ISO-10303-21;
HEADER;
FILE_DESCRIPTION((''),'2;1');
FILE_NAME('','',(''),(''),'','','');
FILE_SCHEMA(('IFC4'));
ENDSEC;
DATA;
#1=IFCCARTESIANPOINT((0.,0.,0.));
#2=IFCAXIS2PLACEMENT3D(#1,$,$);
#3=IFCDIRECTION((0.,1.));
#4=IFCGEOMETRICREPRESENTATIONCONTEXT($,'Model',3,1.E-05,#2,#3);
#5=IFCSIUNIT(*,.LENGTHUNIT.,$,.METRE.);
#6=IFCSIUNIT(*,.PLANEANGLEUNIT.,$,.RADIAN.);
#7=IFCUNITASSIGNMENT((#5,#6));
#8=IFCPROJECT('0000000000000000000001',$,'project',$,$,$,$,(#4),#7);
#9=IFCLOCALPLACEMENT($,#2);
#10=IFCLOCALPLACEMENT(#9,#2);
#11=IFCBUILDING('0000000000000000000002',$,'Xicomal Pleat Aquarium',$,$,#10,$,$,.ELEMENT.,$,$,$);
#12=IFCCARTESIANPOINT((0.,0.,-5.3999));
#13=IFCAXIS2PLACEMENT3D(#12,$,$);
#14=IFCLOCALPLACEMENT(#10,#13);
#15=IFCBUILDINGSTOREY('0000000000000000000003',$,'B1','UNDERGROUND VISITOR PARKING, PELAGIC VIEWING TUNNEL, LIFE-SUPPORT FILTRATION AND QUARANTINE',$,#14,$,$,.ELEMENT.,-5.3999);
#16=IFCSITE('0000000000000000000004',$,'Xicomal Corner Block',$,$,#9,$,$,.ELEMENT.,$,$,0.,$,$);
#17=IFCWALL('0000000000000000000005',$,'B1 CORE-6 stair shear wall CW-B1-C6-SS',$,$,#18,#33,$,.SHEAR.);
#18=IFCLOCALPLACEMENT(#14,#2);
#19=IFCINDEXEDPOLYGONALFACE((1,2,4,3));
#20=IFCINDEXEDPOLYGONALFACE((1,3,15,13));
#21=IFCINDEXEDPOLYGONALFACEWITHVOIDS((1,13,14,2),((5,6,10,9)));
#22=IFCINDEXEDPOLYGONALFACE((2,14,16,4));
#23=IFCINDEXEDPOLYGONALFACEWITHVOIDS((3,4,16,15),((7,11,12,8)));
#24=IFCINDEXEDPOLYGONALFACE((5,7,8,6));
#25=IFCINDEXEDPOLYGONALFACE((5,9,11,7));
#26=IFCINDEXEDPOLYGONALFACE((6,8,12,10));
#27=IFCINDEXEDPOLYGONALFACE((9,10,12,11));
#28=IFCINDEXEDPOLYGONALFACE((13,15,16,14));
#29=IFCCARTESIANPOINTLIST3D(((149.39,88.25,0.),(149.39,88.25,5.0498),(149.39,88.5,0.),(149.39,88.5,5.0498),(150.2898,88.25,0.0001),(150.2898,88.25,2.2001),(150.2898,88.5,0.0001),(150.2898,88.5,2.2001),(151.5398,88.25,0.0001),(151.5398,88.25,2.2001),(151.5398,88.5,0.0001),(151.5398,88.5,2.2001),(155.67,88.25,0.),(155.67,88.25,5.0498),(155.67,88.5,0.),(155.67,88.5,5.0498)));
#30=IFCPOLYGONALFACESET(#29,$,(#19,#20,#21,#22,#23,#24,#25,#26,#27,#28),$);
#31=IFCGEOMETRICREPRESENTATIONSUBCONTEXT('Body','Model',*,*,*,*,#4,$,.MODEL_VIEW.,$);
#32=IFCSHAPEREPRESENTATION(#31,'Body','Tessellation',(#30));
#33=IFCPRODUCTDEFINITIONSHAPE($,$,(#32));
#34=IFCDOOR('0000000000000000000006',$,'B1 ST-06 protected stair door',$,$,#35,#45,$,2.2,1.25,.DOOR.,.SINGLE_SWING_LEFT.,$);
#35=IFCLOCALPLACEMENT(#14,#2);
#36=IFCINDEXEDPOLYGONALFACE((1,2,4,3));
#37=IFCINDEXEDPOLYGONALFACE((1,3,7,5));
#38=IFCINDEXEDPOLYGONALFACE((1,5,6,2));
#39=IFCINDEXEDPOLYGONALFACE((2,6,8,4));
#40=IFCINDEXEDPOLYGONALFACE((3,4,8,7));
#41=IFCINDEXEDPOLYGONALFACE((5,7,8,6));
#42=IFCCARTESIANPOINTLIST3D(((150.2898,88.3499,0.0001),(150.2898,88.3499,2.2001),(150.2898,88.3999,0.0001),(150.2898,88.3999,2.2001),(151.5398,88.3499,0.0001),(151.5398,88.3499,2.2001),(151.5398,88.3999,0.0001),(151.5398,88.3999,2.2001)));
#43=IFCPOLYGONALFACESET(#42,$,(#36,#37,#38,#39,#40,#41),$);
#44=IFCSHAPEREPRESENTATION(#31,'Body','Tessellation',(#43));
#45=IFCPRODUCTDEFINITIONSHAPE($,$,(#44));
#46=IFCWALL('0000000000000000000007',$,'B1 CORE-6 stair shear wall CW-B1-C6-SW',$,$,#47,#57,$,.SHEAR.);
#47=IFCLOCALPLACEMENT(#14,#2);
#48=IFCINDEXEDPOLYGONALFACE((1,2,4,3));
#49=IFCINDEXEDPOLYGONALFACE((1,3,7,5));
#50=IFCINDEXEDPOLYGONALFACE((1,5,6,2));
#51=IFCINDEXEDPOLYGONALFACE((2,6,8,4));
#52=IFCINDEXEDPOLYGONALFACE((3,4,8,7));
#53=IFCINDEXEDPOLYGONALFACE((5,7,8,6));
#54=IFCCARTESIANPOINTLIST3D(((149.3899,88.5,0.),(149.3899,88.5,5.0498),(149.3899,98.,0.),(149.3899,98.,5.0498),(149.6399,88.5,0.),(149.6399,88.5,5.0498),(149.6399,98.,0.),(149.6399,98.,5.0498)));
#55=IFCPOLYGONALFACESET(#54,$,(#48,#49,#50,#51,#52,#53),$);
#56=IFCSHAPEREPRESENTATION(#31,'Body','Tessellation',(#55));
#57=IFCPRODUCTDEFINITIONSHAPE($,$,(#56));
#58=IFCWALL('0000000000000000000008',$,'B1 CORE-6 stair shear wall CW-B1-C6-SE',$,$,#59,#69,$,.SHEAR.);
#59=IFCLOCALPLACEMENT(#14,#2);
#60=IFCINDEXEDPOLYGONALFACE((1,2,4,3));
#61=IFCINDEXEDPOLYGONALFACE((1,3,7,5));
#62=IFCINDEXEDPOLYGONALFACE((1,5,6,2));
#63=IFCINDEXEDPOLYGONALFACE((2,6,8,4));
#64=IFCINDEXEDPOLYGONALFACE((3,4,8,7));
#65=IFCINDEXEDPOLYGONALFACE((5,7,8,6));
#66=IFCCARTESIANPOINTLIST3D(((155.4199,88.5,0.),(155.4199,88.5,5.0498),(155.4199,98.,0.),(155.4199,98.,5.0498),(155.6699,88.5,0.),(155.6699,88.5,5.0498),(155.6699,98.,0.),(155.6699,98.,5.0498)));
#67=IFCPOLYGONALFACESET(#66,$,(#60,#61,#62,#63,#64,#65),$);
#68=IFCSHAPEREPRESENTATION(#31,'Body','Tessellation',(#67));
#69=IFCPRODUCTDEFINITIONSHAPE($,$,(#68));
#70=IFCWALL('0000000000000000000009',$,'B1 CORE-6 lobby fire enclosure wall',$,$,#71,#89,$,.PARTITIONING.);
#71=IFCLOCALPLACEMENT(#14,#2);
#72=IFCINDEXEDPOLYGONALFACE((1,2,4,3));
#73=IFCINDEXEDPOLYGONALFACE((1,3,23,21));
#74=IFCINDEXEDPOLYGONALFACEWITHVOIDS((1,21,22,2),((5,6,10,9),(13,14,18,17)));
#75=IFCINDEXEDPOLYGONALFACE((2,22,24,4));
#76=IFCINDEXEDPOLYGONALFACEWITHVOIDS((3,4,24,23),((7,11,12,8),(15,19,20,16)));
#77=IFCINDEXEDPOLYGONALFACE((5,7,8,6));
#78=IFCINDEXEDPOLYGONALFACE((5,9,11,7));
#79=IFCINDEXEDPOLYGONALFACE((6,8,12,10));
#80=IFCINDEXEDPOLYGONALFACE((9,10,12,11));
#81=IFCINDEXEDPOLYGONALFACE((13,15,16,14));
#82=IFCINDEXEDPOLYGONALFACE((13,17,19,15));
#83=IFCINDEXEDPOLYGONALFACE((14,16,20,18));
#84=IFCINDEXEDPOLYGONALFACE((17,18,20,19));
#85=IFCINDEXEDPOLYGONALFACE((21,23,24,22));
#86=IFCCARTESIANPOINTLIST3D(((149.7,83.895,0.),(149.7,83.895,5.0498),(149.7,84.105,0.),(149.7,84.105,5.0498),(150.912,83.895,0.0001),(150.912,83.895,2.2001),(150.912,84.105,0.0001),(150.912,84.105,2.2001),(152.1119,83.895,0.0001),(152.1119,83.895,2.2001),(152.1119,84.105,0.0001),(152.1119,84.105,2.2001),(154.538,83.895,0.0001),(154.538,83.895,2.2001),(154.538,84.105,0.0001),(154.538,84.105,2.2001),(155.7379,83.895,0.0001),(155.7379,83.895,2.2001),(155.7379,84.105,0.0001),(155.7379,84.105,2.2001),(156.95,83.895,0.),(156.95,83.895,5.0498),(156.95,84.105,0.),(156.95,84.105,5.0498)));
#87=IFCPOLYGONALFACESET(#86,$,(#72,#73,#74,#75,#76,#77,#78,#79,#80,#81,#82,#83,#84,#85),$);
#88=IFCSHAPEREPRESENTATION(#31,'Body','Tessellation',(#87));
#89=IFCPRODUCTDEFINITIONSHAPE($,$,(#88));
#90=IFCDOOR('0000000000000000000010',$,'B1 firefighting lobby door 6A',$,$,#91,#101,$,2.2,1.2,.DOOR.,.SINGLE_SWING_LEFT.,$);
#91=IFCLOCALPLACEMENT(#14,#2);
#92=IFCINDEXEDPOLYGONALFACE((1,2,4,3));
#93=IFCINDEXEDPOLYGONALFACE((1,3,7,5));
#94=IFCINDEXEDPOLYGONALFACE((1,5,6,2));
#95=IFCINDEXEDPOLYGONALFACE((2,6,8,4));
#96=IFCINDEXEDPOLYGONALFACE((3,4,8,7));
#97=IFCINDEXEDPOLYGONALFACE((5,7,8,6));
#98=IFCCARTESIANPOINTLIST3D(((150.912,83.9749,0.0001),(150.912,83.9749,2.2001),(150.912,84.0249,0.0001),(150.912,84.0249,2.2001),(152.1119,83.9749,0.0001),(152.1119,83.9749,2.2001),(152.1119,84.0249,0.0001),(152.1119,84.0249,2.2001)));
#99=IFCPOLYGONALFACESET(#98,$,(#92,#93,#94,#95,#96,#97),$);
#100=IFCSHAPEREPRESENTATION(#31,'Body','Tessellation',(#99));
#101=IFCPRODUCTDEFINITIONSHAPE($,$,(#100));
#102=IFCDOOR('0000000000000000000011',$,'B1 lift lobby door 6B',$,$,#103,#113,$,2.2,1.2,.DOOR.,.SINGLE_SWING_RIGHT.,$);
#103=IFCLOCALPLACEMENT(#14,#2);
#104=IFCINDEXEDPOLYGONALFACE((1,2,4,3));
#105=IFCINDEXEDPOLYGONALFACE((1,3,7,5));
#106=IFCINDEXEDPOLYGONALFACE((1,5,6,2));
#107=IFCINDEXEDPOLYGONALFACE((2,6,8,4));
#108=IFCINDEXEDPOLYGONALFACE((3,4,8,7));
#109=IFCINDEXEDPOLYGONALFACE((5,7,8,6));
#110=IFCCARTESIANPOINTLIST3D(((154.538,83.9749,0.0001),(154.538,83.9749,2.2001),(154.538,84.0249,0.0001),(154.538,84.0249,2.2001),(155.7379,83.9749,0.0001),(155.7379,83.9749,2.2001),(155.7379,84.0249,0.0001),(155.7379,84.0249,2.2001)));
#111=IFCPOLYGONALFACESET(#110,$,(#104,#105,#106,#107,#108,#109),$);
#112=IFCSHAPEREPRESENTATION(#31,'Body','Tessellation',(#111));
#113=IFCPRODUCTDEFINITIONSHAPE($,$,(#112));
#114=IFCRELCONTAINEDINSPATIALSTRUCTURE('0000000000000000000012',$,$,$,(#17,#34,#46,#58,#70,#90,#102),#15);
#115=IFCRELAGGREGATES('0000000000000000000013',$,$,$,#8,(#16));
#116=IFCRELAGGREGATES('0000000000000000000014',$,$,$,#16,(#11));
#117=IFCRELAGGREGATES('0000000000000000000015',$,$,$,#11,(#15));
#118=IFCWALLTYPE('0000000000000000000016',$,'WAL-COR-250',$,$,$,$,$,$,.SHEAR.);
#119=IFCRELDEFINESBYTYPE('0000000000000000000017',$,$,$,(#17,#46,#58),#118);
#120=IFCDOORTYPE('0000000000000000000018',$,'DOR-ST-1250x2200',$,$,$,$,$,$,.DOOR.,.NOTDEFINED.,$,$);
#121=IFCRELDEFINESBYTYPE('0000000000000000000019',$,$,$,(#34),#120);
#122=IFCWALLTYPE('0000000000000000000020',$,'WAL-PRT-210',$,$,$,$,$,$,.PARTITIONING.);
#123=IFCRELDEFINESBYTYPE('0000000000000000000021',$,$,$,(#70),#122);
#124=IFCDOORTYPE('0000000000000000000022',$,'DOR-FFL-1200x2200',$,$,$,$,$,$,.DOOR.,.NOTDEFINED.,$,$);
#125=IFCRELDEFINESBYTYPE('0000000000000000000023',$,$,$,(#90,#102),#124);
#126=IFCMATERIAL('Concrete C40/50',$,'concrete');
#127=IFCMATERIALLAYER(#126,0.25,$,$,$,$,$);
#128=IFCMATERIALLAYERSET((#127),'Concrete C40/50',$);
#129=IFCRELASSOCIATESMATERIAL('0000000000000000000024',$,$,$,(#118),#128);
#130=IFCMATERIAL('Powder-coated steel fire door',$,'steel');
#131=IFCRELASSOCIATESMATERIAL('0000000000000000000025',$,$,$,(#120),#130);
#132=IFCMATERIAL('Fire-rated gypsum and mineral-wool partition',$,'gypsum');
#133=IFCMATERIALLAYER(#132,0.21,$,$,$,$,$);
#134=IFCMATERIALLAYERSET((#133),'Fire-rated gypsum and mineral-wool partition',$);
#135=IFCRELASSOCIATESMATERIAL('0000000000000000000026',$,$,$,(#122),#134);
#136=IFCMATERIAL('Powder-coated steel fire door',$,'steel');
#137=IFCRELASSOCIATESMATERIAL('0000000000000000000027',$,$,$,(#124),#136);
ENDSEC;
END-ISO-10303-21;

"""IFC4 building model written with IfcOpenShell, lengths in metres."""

from ifc_helpers import new_model, si_unit, direction, frame, frame_2d, origin, place, context, subcontext, project, spatial, rectangle, extrude, material, layer, layer_set, type_object, element, fill, save


model = new_model("IFC4")

# Units and contexts
model_context = context("Model", 3, precision=1e-05, world=origin(), true_north=direction((0.0, 1.0)))
body_context = subcontext(model_context, "Body", "Model", "MODEL_VIEW")
ifc_project = project(units=[si_unit("LENGTHUNIT", "METRE"), si_unit("PLANEANGLEUNIT", "RADIAN")], contexts=[model_context])

# Site, building, storey
site_placement = place(None, origin())
site = spatial("IfcSite", under=ifc_project, at=site_placement, Name="Xicomal Corner Block", CompositionType="ELEMENT", RefElevation=0.0)
building_placement = place(site_placement, origin())
building = spatial("IfcBuilding", under=site, at=building_placement, Name="Xicomal Pleat Aquarium", CompositionType="ELEMENT")
storey_placement = place(building_placement, frame((0.0, 0.0, -5.3999)))
storey = spatial("IfcBuildingStorey", under=building, at=storey_placement, Name="B1", Description="UNDERGROUND VISITOR PARKING, PELAGIC VIEWING TUNNEL, LIFE-SUPPORT FILTRATION AND QUARANTINE", CompositionType="ELEMENT", Elevation=-5.3999)

# Wall, opening, door
ifc_material_1 = material(Name="Concrete C40/50", Category="concrete")
ifc_layer_1 = layer(ifc_material_1, 0.25)
ifc_layer_set_1 = layer_set([ifc_layer_1], Name="Concrete C40/50")
wall_type_1 = type_object("IfcWallType", Name="WAL-COR-250", PredefinedType="SHEAR", material=ifc_layer_set_1)
wall_1_placement = place(storey_placement, frame((149.3899, 88.375, 0.0), z_axis=(0.0, 0.0, 1.0), x_axis=(1.0, 0.0, 0.0)))
wall_1 = element("IfcWall", 1, at=wall_1_placement, inside=storey, type_object=wall_type_1, Name="B1 CORE-6 stair shear wall CW-B1-C6-SS", PredefinedType="SHEAR", context=body_context, shape_type="SweptSolid", body=[
    extrude(rectangle(XDim=6.28, YDim=0.25, at=frame_2d((3.1401, 0.0))), origin(), (0.0, 0.0, 1.0), 5.0498),
])
opening_1_placement = place(wall_1_placement, frame((0.8999, 0.0, 0.0)))
opening_1 = element("IfcOpeningElement", 2, at=opening_1_placement, cuts=wall_1, PredefinedType="OPENING", context=body_context, shape_type="SweptSolid", body=[
    extrude(rectangle(XDim=1.25, YDim=2.2, at=frame_2d((0.625, 1.1001))), frame((0.0, 0.135, 0.0), z_axis=(0.0, -1.0, 0.0), x_axis=(1.0, 0.0, 0.0)), (0.0, 0.0, 1.0), 0.27),
])
ifc_material_2 = material(Name="Powder-coated steel fire door", Category="steel")
door_type_1 = type_object("IfcDoorType", Name="DOR-ST-1250x2200", OperationType="NOTDEFINED", PredefinedType="DOOR", material=ifc_material_2)
door_1_placement = place(opening_1_placement, origin())
door_1 = element("IfcDoor", 3, at=door_1_placement, inside=storey, type_object=door_type_1, Name="B1 ST-06 protected stair door", OperationType="SINGLE_SWING_LEFT", OverallHeight=2.2, OverallWidth=1.25, PredefinedType="DOOR", context=body_context, shape_type="SweptSolid", body=[
    extrude(rectangle(XDim=1.25, YDim=2.2, at=frame_2d((0.625, 1.1001))), frame((0.0, 0.0249, 0.0), z_axis=(0.0, -1.0, 0.0), x_axis=(1.0, 0.0, 0.0)), (0.0, 0.0, 1.0), 0.05),
])
fill(opening_1, door_1)

# Walls
for number, where, z_axis, x_axis, name in (
    (4, (149.5149, 88.5, 0.0), (0.0, 0.0, 1.0), (0.0, 1.0, 0.0), "B1 CORE-6 stair shear wall CW-B1-C6-SW"),
    (5, (155.5449, 88.5, 0.0), (0.0, 0.0, 1.0), (0.0, 1.0, 0.0), "B1 CORE-6 stair shear wall CW-B1-C6-SE"),
):
    element("IfcWall", number, at=place(storey_placement, frame(where, z_axis=z_axis, x_axis=x_axis)), inside=storey, type_object=wall_type_1, Name=name, PredefinedType="SHEAR", context=body_context, shape_type="SweptSolid", body=[
        extrude(rectangle(XDim=9.5, YDim=0.25, at=frame_2d((4.75, 0.0))), origin(), (0.0, 0.0, 1.0), 5.0498),
    ])

# Wall, openings, doors
ifc_material_3 = material(Name="Fire-rated gypsum and mineral-wool partition", Category="gypsum")
ifc_layer_2 = layer(ifc_material_3, 0.21)
ifc_layer_set_2 = layer_set([ifc_layer_2], Name="Fire-rated gypsum and mineral-wool partition")
wall_type_2 = type_object("IfcWallType", Name="WAL-PRT-210", PredefinedType="PARTITIONING", material=ifc_layer_set_2)
wall_2_placement = place(storey_placement, frame((149.7, 84.0, 0.0), z_axis=(0.0, 0.0, 1.0), x_axis=(1.0, 0.0, 0.0)))
wall_2 = element("IfcWall", 6, at=wall_2_placement, inside=storey, type_object=wall_type_2, Name="B1 CORE-6 lobby fire enclosure wall", PredefinedType="PARTITIONING", context=body_context, shape_type="SweptSolid", body=[
    extrude(rectangle(XDim=7.25, YDim=0.21, at=frame_2d((3.625, 0.0))), origin(), (0.0, 0.0, 1.0), 5.0498),
])
opening_2_placement = place(wall_2_placement, frame((1.2119, 0.0, 0.0)))
opening_2 = element("IfcOpeningElement", 7, at=opening_2_placement, cuts=wall_2, PredefinedType="OPENING", context=body_context, shape_type="SweptSolid", body=[
    extrude(rectangle(XDim=1.2, YDim=2.2, at=frame_2d((0.6001, 1.1001))), frame((0.0, 0.115, 0.0), z_axis=(0.0, -1.0, 0.0), x_axis=(1.0, 0.0, 0.0)), (0.0, 0.0, 1.0), 0.23),
])
opening_3_placement = place(wall_2_placement, frame((4.8379, 0.0, 0.0)))
opening_3 = element("IfcOpeningElement", 8, at=opening_3_placement, cuts=wall_2, PredefinedType="OPENING", context=body_context, shape_type="SweptSolid", body=[
    extrude(rectangle(XDim=1.2, YDim=2.2, at=frame_2d((0.6001, 1.1001))), frame((0.0, 0.115, 0.0), z_axis=(0.0, -1.0, 0.0), x_axis=(1.0, 0.0, 0.0)), (0.0, 0.0, 1.0), 0.23),
])
ifc_material_4 = material(Name="Powder-coated steel fire door", Category="steel")
door_type_2 = type_object("IfcDoorType", Name="DOR-FFL-1200x2200", OperationType="NOTDEFINED", PredefinedType="DOOR", material=ifc_material_4)
door_2_placement = place(opening_2_placement, origin())
door_2 = element("IfcDoor", 9, at=door_2_placement, inside=storey, type_object=door_type_2, Name="B1 firefighting lobby door 6A", OperationType="SINGLE_SWING_LEFT", OverallHeight=2.2, OverallWidth=1.2, PredefinedType="DOOR", context=body_context, shape_type="SweptSolid", body=[
    extrude(rectangle(XDim=1.2, YDim=2.2, at=frame_2d((0.6001, 1.1001))), frame((0.0, 0.0249, 0.0), z_axis=(0.0, -1.0, 0.0), x_axis=(1.0, 0.0, 0.0)), (0.0, 0.0, 1.0), 0.05),
])
fill(opening_2, door_2)
door_3_placement = place(opening_3_placement, origin())
door_3 = element("IfcDoor", 10, at=door_3_placement, inside=storey, type_object=door_type_2, Name="B1 lift lobby door 6B", OperationType="SINGLE_SWING_RIGHT", OverallHeight=2.2, OverallWidth=1.2, PredefinedType="DOOR", context=body_context, shape_type="SweptSolid", body=[
    extrude(rectangle(XDim=1.2, YDim=2.2, at=frame_2d((0.6001, 1.1001))), frame((0.0, 0.0249, 0.0), z_axis=(0.0, -1.0, 0.0), x_axis=(1.0, 0.0, 0.0)), (0.0, 0.0, 1.0), 0.05),
])
fill(opening_3, door_3)

save(model, "model.ifc")
